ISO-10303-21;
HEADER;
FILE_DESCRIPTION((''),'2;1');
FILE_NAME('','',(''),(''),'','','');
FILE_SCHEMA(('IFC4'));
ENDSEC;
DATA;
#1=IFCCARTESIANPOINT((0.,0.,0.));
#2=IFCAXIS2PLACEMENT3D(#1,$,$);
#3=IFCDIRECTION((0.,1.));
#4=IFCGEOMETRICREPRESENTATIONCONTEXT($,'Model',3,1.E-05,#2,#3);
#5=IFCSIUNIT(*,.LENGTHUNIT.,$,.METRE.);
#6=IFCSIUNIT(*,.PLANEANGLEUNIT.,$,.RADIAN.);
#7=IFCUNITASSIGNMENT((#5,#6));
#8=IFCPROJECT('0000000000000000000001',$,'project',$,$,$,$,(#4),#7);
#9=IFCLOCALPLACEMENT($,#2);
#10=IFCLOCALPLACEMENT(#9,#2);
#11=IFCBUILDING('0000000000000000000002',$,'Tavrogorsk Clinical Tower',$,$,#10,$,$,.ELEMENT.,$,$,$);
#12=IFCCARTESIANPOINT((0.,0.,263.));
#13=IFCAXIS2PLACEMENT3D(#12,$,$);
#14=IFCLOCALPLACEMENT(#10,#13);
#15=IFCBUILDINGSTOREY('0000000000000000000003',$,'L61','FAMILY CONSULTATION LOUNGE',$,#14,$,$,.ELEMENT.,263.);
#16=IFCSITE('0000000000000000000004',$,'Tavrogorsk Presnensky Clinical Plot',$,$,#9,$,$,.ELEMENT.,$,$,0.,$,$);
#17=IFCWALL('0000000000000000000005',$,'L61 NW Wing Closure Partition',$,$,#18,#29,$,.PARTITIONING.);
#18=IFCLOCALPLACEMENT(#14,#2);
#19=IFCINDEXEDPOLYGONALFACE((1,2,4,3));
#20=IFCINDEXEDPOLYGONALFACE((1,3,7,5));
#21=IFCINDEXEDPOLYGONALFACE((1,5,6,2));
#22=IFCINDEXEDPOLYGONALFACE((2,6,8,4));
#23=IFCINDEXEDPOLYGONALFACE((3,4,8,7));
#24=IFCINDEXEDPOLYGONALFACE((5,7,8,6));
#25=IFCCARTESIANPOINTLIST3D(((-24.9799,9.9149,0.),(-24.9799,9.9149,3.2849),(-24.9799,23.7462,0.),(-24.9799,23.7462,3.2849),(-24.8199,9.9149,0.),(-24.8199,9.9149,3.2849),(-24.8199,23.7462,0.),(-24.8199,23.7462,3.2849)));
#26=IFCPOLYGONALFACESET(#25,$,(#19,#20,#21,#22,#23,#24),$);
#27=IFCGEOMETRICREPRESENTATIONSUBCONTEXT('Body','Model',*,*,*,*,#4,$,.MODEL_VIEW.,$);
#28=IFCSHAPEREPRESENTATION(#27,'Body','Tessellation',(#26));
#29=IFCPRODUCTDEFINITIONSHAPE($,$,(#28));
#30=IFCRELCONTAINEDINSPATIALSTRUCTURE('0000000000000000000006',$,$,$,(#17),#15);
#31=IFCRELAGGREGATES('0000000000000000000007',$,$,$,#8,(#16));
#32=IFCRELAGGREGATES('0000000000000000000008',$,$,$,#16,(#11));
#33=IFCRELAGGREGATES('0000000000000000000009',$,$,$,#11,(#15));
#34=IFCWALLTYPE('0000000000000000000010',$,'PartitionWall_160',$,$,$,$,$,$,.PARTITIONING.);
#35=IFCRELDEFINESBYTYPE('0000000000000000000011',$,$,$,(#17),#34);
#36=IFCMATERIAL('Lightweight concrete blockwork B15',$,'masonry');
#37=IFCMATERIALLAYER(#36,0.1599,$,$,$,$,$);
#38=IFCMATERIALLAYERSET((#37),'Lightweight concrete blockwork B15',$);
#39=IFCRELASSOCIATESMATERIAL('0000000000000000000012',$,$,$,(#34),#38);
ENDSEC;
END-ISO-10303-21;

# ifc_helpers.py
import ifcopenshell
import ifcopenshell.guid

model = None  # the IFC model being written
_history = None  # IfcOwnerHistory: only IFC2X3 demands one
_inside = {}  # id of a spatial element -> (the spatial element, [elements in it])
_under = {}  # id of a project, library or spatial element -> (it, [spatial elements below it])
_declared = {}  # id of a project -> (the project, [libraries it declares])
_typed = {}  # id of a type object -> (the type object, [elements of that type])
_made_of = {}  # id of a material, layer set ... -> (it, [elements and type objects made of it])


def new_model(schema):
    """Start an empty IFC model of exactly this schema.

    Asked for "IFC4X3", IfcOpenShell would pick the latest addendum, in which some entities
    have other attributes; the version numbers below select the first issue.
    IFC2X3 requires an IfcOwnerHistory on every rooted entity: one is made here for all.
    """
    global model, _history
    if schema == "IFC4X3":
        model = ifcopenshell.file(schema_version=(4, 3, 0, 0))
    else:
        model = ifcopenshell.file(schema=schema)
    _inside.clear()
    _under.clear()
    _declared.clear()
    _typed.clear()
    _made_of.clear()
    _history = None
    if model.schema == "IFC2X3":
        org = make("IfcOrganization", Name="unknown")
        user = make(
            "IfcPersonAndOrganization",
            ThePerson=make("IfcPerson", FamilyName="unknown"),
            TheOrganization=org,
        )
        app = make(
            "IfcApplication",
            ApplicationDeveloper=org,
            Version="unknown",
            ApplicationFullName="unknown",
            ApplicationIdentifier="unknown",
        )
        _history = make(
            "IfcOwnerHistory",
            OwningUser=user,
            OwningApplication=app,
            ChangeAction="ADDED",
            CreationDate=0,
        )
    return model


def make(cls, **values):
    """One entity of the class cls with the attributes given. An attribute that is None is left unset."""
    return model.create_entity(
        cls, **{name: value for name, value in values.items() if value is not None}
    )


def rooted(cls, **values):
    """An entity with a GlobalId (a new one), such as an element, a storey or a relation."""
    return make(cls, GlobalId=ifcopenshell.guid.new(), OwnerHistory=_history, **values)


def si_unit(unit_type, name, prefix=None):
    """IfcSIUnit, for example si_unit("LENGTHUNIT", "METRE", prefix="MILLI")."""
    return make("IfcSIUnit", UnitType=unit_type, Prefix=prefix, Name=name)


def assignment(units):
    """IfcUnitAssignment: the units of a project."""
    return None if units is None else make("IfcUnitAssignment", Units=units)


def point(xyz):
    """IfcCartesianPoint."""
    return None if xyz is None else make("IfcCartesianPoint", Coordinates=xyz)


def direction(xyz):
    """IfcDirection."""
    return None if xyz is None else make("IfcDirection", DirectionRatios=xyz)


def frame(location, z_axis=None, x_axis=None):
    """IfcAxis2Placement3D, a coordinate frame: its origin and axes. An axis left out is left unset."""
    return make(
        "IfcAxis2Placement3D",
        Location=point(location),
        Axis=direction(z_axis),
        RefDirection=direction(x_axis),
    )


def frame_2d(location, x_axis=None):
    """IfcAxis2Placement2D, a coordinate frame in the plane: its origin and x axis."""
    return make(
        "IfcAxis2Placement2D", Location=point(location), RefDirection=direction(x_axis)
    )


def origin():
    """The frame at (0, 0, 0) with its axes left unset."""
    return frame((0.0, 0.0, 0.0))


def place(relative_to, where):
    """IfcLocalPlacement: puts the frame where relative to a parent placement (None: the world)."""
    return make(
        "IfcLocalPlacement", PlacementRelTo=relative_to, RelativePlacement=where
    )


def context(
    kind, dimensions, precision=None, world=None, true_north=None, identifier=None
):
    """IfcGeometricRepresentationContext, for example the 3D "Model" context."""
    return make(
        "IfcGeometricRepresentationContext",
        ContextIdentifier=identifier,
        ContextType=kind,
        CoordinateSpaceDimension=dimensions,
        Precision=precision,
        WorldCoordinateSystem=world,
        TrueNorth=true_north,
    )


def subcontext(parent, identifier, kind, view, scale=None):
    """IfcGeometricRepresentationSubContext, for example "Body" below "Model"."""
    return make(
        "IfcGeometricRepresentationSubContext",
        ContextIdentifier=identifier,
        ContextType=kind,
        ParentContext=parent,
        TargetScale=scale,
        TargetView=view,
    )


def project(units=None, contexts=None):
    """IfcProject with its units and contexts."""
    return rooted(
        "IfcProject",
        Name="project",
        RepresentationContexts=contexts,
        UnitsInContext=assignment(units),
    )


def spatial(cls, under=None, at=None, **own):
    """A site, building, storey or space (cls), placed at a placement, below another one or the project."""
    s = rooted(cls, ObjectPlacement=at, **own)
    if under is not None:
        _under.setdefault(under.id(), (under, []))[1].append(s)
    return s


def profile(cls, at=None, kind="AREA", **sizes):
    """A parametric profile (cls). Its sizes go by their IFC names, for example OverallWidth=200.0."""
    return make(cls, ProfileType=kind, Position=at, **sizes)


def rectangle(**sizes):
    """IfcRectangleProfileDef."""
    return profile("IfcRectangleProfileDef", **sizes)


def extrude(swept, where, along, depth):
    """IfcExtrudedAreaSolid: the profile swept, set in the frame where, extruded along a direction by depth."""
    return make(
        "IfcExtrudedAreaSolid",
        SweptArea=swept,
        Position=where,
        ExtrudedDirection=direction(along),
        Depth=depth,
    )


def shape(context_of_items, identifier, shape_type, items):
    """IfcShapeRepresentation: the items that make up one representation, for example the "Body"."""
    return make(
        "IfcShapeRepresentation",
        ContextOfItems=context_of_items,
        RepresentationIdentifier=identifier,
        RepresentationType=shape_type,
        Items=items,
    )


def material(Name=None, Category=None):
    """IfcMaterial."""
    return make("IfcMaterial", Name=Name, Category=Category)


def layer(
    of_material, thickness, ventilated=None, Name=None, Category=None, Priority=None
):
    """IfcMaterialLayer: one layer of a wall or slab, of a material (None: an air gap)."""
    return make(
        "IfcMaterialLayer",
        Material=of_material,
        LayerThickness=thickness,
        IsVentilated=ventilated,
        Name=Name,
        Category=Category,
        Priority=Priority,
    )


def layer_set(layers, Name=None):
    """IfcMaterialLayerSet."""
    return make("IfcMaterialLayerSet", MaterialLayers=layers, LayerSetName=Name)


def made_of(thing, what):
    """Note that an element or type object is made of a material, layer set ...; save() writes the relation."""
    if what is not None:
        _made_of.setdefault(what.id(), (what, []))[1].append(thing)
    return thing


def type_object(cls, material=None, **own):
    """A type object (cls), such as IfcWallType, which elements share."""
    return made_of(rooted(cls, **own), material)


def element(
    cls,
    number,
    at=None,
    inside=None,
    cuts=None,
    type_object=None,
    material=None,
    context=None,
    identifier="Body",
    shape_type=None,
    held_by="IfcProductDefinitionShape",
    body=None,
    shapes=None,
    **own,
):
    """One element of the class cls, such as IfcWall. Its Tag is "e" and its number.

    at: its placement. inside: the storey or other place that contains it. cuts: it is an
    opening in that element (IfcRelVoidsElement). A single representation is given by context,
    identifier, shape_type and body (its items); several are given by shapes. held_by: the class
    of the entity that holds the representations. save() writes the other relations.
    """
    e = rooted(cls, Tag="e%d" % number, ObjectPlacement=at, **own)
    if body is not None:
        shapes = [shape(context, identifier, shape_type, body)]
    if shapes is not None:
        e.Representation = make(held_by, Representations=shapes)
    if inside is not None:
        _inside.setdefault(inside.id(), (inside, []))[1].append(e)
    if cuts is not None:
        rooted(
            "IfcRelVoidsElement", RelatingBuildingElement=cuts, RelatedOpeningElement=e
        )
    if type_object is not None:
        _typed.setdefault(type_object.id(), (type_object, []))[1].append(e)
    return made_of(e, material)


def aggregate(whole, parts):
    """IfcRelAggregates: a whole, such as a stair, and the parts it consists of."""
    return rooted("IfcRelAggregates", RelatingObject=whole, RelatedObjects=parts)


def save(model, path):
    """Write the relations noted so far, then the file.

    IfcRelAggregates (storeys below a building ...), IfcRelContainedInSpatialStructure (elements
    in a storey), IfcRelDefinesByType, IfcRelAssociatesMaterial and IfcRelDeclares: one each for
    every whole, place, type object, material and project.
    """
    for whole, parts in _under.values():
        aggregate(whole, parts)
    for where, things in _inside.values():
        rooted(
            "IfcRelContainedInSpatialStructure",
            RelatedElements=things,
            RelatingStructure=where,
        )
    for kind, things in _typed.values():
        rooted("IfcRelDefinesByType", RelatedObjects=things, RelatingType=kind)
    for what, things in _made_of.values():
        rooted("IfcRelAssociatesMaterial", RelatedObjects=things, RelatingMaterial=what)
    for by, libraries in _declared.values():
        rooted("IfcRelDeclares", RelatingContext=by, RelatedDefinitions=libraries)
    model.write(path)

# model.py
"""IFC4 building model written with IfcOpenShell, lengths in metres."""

from ifc_helpers import new_model, si_unit, direction, frame, frame_2d, origin, place, context, subcontext, project, spatial, rectangle, extrude, material, layer, layer_set, type_object, element, save


model = new_model("IFC4")

# Units and contexts
model_context = context("Model", 3, precision=1e-05, world=origin(), true_north=direction((0.0, 1.0)))
body_context = subcontext(model_context, "Body", "Model", "MODEL_VIEW")
ifc_project = project(units=[si_unit("LENGTHUNIT", "METRE"), si_unit("PLANEANGLEUNIT", "RADIAN")], contexts=[model_context])

# Site, building, storey
site_placement = place(None, origin())
site = spatial("IfcSite", under=ifc_project, at=site_placement, Name="Tavrogorsk Presnensky Clinical Plot", CompositionType="ELEMENT", RefElevation=0.0)
building_placement = place(site_placement, origin())
building = spatial("IfcBuilding", under=site, at=building_placement, Name="Tavrogorsk Clinical Tower", CompositionType="ELEMENT")
storey_placement = place(building_placement, frame((0.0, 0.0, 263.0)))
storey = spatial("IfcBuildingStorey", under=building, at=storey_placement, Name="L61", Description="FAMILY CONSULTATION LOUNGE", CompositionType="ELEMENT", Elevation=263.0)

# Shared definitions
ifc_material_1 = material(Name="Lightweight concrete blockwork B15", Category="masonry")
ifc_layer = layer(ifc_material_1, 0.1599)
ifc_layer_set = layer_set([ifc_layer], Name="Lightweight concrete blockwork B15")
wall_type = type_object("IfcWallType", Name="PartitionWall_160", PredefinedType="PARTITIONING", material=ifc_layer_set)

# Wall
wall_1_placement = place(storey_placement, frame((-24.8999, 9.915, 0.0), z_axis=(0.0, 0.0, 1.0), x_axis=(0.0, 1.0, 0.0)))
element("IfcWall", 1, at=wall_1_placement, inside=storey, type_object=wall_type, Name="L61 NW Wing Closure Partition", PredefinedType="PARTITIONING", context=body_context, shape_type="SweptSolid", body=[
    extrude(rectangle(XDim=13.8313, YDim=0.1599, at=frame_2d((6.9155, 0.0))), origin(), (0.0, 0.0, 1.0), 3.2849),
])

save(model, "model.ifc")
